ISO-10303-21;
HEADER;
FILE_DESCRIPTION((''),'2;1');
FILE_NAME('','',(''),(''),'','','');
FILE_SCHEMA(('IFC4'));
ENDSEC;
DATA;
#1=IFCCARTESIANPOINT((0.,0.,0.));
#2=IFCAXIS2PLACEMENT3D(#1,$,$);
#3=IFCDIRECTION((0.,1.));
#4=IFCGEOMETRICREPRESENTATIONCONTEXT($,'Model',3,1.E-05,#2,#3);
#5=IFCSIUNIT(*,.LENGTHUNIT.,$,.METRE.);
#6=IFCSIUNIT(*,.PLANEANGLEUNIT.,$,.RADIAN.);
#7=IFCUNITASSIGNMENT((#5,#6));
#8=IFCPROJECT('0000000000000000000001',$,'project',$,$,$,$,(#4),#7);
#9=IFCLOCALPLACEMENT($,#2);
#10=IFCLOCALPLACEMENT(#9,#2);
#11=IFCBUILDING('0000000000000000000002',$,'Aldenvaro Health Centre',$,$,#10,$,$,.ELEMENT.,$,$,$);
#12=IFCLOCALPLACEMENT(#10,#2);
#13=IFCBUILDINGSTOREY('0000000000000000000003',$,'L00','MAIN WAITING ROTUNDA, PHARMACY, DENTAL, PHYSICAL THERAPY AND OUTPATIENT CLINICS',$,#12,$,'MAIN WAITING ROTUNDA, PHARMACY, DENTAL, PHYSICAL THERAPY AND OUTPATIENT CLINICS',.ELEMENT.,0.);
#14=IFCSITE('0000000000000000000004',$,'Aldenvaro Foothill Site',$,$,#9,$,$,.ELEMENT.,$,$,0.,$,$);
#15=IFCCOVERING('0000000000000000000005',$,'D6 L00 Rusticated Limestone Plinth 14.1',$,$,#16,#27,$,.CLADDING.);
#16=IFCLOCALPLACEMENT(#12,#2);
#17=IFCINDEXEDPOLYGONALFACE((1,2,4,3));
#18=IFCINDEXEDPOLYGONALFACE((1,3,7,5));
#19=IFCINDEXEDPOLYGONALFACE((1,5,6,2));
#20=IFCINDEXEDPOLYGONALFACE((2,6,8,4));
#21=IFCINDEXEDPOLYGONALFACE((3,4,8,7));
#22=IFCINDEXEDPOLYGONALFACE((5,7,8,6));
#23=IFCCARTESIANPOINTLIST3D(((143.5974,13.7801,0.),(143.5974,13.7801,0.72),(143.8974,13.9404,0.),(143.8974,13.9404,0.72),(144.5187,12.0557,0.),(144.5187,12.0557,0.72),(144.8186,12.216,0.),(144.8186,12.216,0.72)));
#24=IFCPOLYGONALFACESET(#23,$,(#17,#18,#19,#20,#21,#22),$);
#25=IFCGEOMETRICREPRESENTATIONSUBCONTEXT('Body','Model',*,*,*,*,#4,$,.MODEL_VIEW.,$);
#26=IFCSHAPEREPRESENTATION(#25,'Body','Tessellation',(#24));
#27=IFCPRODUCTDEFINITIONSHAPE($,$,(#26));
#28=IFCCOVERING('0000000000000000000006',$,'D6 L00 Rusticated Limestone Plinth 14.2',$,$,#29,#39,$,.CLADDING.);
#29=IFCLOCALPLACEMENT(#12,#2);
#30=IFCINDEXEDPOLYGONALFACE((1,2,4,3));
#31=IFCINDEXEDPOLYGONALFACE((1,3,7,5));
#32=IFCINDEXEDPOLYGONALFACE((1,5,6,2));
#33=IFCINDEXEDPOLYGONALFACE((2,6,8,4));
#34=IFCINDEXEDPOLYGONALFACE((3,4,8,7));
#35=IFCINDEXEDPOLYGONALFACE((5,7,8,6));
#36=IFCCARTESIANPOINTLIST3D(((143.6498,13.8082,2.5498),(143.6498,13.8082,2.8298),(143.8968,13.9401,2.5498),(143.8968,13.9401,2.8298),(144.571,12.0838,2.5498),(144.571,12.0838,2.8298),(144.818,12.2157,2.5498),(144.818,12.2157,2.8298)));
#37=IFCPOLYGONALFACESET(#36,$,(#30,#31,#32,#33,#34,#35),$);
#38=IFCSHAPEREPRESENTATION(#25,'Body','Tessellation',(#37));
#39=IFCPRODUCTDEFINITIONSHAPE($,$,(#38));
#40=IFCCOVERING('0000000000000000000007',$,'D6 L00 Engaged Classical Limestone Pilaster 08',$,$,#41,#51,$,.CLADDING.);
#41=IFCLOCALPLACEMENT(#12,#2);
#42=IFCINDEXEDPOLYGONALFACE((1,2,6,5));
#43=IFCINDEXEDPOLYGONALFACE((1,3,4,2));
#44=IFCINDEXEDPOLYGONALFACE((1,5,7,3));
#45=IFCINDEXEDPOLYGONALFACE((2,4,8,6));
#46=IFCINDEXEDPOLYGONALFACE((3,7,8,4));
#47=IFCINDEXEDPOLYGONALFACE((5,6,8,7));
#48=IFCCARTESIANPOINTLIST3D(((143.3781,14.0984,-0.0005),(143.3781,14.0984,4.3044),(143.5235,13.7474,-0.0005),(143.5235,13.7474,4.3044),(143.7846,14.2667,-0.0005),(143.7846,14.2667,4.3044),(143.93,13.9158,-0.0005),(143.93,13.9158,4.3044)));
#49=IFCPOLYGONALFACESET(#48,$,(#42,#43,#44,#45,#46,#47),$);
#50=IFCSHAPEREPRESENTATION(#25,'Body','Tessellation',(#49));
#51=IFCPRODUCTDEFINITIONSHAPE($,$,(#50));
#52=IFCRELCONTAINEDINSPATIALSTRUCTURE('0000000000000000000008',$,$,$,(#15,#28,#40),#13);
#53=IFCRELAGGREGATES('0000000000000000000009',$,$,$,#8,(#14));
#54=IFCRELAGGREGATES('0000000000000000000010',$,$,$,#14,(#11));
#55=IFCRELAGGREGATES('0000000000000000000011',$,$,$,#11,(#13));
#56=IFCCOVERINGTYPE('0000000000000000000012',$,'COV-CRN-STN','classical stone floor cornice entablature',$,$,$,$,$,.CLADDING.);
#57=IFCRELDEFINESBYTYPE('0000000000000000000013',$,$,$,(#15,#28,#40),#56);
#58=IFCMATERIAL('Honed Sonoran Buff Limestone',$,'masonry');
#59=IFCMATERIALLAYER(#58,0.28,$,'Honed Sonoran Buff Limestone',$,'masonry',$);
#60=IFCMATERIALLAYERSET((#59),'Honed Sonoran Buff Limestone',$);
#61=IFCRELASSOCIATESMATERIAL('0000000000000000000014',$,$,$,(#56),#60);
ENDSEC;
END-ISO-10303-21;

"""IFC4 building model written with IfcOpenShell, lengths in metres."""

from ifc_helpers import new_model, si_unit, direction, frame, origin, origin_2d, place, context, subcontext, project, spatial, rectangle, extrude, material, layer, layer_set, type_object, element, save


model = new_model("IFC4")

# Units and contexts
model_context = context("Model", 3, precision=1e-05, world=origin(), true_north=direction((0.0, 1.0)))
body_context = subcontext(model_context, "Body", "Model", "MODEL_VIEW")
ifc_project = project(units=[si_unit("LENGTHUNIT", "METRE"), si_unit("PLANEANGLEUNIT", "RADIAN")], contexts=[model_context])

# Site, building, storey
site_placement = place(None, origin())
site = spatial("IfcSite", under=ifc_project, at=site_placement, Name="Aldenvaro Foothill Site", CompositionType="ELEMENT", RefElevation=0.0)
building_placement = place(site_placement, origin())
building = spatial("IfcBuilding", under=site, at=building_placement, Name="Aldenvaro Health Centre", CompositionType="ELEMENT")
storey_placement = place(building_placement, origin())
storey = spatial("IfcBuildingStorey", under=building, at=storey_placement, Name="L00", Description="MAIN WAITING ROTUNDA, PHARMACY, DENTAL, PHYSICAL THERAPY AND OUTPATIENT CLINICS", LongName="MAIN WAITING ROTUNDA, PHARMACY, DENTAL, PHYSICAL THERAPY AND OUTPATIENT CLINICS", CompositionType="ELEMENT", Elevation=0.0)

# Coverings
ifc_material_1 = material(Name="Honed Sonoran Buff Limestone", Category="masonry")
ifc_layer_1 = layer(ifc_material_1, 0.28, Name="Honed Sonoran Buff Limestone", Category="masonry")
ifc_layer_set_1 = layer_set([ifc_layer_1], Name="Honed Sonoran Buff Limestone")
covering_type = type_object("IfcCoveringType", Name="COV-CRN-STN", Description="classical stone floor cornice entablature", PredefinedType="CLADDING", material=ifc_layer_set_1)
covering_1_placement = place(storey_placement, frame((144.208, 12.998, 0.0), z_axis=(0.0, 0.0, 1.0), x_axis=(-0.471215, 0.882018, 0.0)))
element("IfcCovering", 1, at=covering_1_placement, inside=storey, type_object=covering_type, Name="D6 L00 Rusticated Limestone Plinth 14.1", PredefinedType="CLADDING", context=body_context, shape_type="SweptSolid", body=[
    extrude(rectangle(XDim=1.9551, YDim=0.3401, at=origin_2d()), origin(), (0.0, 0.0, 1.0), 0.72),
])
covering_2_placement = place(storey_placement, frame((144.2339, 13.012, 2.5498), z_axis=(0.0, 0.0, 1.0), x_axis=(-0.471215, 0.882018, 0.0)))
element("IfcCovering", 2, at=covering_2_placement, inside=storey, type_object=covering_type, Name="D6 L00 Rusticated Limestone Plinth 14.2", PredefinedType="CLADDING", context=body_context, shape_type="SweptSolid", body=[
    extrude(rectangle(XDim=1.9551, YDim=0.28, at=origin_2d()), origin(), (0.0, 0.0, 1.0), 0.28),
])
covering_3_placement = place(storey_placement, frame((143.6541, 14.0071, -0.0005), z_axis=(0.0, 0.0, 1.0), x_axis=(-0.923864, -0.382721, 0.0)))
element("IfcCovering", 3, at=covering_3_placement, inside=storey, type_object=covering_type, Name="D6 L00 Engaged Classical Limestone Pilaster 08", PredefinedType="CLADDING", context=body_context, shape_type="SweptSolid", body=[
    extrude(rectangle(XDim=0.4399, YDim=0.3799, at=origin_2d()), origin(), (0.0, 0.0, 1.0), 4.3049),
])

save(model, "model.ifc")
